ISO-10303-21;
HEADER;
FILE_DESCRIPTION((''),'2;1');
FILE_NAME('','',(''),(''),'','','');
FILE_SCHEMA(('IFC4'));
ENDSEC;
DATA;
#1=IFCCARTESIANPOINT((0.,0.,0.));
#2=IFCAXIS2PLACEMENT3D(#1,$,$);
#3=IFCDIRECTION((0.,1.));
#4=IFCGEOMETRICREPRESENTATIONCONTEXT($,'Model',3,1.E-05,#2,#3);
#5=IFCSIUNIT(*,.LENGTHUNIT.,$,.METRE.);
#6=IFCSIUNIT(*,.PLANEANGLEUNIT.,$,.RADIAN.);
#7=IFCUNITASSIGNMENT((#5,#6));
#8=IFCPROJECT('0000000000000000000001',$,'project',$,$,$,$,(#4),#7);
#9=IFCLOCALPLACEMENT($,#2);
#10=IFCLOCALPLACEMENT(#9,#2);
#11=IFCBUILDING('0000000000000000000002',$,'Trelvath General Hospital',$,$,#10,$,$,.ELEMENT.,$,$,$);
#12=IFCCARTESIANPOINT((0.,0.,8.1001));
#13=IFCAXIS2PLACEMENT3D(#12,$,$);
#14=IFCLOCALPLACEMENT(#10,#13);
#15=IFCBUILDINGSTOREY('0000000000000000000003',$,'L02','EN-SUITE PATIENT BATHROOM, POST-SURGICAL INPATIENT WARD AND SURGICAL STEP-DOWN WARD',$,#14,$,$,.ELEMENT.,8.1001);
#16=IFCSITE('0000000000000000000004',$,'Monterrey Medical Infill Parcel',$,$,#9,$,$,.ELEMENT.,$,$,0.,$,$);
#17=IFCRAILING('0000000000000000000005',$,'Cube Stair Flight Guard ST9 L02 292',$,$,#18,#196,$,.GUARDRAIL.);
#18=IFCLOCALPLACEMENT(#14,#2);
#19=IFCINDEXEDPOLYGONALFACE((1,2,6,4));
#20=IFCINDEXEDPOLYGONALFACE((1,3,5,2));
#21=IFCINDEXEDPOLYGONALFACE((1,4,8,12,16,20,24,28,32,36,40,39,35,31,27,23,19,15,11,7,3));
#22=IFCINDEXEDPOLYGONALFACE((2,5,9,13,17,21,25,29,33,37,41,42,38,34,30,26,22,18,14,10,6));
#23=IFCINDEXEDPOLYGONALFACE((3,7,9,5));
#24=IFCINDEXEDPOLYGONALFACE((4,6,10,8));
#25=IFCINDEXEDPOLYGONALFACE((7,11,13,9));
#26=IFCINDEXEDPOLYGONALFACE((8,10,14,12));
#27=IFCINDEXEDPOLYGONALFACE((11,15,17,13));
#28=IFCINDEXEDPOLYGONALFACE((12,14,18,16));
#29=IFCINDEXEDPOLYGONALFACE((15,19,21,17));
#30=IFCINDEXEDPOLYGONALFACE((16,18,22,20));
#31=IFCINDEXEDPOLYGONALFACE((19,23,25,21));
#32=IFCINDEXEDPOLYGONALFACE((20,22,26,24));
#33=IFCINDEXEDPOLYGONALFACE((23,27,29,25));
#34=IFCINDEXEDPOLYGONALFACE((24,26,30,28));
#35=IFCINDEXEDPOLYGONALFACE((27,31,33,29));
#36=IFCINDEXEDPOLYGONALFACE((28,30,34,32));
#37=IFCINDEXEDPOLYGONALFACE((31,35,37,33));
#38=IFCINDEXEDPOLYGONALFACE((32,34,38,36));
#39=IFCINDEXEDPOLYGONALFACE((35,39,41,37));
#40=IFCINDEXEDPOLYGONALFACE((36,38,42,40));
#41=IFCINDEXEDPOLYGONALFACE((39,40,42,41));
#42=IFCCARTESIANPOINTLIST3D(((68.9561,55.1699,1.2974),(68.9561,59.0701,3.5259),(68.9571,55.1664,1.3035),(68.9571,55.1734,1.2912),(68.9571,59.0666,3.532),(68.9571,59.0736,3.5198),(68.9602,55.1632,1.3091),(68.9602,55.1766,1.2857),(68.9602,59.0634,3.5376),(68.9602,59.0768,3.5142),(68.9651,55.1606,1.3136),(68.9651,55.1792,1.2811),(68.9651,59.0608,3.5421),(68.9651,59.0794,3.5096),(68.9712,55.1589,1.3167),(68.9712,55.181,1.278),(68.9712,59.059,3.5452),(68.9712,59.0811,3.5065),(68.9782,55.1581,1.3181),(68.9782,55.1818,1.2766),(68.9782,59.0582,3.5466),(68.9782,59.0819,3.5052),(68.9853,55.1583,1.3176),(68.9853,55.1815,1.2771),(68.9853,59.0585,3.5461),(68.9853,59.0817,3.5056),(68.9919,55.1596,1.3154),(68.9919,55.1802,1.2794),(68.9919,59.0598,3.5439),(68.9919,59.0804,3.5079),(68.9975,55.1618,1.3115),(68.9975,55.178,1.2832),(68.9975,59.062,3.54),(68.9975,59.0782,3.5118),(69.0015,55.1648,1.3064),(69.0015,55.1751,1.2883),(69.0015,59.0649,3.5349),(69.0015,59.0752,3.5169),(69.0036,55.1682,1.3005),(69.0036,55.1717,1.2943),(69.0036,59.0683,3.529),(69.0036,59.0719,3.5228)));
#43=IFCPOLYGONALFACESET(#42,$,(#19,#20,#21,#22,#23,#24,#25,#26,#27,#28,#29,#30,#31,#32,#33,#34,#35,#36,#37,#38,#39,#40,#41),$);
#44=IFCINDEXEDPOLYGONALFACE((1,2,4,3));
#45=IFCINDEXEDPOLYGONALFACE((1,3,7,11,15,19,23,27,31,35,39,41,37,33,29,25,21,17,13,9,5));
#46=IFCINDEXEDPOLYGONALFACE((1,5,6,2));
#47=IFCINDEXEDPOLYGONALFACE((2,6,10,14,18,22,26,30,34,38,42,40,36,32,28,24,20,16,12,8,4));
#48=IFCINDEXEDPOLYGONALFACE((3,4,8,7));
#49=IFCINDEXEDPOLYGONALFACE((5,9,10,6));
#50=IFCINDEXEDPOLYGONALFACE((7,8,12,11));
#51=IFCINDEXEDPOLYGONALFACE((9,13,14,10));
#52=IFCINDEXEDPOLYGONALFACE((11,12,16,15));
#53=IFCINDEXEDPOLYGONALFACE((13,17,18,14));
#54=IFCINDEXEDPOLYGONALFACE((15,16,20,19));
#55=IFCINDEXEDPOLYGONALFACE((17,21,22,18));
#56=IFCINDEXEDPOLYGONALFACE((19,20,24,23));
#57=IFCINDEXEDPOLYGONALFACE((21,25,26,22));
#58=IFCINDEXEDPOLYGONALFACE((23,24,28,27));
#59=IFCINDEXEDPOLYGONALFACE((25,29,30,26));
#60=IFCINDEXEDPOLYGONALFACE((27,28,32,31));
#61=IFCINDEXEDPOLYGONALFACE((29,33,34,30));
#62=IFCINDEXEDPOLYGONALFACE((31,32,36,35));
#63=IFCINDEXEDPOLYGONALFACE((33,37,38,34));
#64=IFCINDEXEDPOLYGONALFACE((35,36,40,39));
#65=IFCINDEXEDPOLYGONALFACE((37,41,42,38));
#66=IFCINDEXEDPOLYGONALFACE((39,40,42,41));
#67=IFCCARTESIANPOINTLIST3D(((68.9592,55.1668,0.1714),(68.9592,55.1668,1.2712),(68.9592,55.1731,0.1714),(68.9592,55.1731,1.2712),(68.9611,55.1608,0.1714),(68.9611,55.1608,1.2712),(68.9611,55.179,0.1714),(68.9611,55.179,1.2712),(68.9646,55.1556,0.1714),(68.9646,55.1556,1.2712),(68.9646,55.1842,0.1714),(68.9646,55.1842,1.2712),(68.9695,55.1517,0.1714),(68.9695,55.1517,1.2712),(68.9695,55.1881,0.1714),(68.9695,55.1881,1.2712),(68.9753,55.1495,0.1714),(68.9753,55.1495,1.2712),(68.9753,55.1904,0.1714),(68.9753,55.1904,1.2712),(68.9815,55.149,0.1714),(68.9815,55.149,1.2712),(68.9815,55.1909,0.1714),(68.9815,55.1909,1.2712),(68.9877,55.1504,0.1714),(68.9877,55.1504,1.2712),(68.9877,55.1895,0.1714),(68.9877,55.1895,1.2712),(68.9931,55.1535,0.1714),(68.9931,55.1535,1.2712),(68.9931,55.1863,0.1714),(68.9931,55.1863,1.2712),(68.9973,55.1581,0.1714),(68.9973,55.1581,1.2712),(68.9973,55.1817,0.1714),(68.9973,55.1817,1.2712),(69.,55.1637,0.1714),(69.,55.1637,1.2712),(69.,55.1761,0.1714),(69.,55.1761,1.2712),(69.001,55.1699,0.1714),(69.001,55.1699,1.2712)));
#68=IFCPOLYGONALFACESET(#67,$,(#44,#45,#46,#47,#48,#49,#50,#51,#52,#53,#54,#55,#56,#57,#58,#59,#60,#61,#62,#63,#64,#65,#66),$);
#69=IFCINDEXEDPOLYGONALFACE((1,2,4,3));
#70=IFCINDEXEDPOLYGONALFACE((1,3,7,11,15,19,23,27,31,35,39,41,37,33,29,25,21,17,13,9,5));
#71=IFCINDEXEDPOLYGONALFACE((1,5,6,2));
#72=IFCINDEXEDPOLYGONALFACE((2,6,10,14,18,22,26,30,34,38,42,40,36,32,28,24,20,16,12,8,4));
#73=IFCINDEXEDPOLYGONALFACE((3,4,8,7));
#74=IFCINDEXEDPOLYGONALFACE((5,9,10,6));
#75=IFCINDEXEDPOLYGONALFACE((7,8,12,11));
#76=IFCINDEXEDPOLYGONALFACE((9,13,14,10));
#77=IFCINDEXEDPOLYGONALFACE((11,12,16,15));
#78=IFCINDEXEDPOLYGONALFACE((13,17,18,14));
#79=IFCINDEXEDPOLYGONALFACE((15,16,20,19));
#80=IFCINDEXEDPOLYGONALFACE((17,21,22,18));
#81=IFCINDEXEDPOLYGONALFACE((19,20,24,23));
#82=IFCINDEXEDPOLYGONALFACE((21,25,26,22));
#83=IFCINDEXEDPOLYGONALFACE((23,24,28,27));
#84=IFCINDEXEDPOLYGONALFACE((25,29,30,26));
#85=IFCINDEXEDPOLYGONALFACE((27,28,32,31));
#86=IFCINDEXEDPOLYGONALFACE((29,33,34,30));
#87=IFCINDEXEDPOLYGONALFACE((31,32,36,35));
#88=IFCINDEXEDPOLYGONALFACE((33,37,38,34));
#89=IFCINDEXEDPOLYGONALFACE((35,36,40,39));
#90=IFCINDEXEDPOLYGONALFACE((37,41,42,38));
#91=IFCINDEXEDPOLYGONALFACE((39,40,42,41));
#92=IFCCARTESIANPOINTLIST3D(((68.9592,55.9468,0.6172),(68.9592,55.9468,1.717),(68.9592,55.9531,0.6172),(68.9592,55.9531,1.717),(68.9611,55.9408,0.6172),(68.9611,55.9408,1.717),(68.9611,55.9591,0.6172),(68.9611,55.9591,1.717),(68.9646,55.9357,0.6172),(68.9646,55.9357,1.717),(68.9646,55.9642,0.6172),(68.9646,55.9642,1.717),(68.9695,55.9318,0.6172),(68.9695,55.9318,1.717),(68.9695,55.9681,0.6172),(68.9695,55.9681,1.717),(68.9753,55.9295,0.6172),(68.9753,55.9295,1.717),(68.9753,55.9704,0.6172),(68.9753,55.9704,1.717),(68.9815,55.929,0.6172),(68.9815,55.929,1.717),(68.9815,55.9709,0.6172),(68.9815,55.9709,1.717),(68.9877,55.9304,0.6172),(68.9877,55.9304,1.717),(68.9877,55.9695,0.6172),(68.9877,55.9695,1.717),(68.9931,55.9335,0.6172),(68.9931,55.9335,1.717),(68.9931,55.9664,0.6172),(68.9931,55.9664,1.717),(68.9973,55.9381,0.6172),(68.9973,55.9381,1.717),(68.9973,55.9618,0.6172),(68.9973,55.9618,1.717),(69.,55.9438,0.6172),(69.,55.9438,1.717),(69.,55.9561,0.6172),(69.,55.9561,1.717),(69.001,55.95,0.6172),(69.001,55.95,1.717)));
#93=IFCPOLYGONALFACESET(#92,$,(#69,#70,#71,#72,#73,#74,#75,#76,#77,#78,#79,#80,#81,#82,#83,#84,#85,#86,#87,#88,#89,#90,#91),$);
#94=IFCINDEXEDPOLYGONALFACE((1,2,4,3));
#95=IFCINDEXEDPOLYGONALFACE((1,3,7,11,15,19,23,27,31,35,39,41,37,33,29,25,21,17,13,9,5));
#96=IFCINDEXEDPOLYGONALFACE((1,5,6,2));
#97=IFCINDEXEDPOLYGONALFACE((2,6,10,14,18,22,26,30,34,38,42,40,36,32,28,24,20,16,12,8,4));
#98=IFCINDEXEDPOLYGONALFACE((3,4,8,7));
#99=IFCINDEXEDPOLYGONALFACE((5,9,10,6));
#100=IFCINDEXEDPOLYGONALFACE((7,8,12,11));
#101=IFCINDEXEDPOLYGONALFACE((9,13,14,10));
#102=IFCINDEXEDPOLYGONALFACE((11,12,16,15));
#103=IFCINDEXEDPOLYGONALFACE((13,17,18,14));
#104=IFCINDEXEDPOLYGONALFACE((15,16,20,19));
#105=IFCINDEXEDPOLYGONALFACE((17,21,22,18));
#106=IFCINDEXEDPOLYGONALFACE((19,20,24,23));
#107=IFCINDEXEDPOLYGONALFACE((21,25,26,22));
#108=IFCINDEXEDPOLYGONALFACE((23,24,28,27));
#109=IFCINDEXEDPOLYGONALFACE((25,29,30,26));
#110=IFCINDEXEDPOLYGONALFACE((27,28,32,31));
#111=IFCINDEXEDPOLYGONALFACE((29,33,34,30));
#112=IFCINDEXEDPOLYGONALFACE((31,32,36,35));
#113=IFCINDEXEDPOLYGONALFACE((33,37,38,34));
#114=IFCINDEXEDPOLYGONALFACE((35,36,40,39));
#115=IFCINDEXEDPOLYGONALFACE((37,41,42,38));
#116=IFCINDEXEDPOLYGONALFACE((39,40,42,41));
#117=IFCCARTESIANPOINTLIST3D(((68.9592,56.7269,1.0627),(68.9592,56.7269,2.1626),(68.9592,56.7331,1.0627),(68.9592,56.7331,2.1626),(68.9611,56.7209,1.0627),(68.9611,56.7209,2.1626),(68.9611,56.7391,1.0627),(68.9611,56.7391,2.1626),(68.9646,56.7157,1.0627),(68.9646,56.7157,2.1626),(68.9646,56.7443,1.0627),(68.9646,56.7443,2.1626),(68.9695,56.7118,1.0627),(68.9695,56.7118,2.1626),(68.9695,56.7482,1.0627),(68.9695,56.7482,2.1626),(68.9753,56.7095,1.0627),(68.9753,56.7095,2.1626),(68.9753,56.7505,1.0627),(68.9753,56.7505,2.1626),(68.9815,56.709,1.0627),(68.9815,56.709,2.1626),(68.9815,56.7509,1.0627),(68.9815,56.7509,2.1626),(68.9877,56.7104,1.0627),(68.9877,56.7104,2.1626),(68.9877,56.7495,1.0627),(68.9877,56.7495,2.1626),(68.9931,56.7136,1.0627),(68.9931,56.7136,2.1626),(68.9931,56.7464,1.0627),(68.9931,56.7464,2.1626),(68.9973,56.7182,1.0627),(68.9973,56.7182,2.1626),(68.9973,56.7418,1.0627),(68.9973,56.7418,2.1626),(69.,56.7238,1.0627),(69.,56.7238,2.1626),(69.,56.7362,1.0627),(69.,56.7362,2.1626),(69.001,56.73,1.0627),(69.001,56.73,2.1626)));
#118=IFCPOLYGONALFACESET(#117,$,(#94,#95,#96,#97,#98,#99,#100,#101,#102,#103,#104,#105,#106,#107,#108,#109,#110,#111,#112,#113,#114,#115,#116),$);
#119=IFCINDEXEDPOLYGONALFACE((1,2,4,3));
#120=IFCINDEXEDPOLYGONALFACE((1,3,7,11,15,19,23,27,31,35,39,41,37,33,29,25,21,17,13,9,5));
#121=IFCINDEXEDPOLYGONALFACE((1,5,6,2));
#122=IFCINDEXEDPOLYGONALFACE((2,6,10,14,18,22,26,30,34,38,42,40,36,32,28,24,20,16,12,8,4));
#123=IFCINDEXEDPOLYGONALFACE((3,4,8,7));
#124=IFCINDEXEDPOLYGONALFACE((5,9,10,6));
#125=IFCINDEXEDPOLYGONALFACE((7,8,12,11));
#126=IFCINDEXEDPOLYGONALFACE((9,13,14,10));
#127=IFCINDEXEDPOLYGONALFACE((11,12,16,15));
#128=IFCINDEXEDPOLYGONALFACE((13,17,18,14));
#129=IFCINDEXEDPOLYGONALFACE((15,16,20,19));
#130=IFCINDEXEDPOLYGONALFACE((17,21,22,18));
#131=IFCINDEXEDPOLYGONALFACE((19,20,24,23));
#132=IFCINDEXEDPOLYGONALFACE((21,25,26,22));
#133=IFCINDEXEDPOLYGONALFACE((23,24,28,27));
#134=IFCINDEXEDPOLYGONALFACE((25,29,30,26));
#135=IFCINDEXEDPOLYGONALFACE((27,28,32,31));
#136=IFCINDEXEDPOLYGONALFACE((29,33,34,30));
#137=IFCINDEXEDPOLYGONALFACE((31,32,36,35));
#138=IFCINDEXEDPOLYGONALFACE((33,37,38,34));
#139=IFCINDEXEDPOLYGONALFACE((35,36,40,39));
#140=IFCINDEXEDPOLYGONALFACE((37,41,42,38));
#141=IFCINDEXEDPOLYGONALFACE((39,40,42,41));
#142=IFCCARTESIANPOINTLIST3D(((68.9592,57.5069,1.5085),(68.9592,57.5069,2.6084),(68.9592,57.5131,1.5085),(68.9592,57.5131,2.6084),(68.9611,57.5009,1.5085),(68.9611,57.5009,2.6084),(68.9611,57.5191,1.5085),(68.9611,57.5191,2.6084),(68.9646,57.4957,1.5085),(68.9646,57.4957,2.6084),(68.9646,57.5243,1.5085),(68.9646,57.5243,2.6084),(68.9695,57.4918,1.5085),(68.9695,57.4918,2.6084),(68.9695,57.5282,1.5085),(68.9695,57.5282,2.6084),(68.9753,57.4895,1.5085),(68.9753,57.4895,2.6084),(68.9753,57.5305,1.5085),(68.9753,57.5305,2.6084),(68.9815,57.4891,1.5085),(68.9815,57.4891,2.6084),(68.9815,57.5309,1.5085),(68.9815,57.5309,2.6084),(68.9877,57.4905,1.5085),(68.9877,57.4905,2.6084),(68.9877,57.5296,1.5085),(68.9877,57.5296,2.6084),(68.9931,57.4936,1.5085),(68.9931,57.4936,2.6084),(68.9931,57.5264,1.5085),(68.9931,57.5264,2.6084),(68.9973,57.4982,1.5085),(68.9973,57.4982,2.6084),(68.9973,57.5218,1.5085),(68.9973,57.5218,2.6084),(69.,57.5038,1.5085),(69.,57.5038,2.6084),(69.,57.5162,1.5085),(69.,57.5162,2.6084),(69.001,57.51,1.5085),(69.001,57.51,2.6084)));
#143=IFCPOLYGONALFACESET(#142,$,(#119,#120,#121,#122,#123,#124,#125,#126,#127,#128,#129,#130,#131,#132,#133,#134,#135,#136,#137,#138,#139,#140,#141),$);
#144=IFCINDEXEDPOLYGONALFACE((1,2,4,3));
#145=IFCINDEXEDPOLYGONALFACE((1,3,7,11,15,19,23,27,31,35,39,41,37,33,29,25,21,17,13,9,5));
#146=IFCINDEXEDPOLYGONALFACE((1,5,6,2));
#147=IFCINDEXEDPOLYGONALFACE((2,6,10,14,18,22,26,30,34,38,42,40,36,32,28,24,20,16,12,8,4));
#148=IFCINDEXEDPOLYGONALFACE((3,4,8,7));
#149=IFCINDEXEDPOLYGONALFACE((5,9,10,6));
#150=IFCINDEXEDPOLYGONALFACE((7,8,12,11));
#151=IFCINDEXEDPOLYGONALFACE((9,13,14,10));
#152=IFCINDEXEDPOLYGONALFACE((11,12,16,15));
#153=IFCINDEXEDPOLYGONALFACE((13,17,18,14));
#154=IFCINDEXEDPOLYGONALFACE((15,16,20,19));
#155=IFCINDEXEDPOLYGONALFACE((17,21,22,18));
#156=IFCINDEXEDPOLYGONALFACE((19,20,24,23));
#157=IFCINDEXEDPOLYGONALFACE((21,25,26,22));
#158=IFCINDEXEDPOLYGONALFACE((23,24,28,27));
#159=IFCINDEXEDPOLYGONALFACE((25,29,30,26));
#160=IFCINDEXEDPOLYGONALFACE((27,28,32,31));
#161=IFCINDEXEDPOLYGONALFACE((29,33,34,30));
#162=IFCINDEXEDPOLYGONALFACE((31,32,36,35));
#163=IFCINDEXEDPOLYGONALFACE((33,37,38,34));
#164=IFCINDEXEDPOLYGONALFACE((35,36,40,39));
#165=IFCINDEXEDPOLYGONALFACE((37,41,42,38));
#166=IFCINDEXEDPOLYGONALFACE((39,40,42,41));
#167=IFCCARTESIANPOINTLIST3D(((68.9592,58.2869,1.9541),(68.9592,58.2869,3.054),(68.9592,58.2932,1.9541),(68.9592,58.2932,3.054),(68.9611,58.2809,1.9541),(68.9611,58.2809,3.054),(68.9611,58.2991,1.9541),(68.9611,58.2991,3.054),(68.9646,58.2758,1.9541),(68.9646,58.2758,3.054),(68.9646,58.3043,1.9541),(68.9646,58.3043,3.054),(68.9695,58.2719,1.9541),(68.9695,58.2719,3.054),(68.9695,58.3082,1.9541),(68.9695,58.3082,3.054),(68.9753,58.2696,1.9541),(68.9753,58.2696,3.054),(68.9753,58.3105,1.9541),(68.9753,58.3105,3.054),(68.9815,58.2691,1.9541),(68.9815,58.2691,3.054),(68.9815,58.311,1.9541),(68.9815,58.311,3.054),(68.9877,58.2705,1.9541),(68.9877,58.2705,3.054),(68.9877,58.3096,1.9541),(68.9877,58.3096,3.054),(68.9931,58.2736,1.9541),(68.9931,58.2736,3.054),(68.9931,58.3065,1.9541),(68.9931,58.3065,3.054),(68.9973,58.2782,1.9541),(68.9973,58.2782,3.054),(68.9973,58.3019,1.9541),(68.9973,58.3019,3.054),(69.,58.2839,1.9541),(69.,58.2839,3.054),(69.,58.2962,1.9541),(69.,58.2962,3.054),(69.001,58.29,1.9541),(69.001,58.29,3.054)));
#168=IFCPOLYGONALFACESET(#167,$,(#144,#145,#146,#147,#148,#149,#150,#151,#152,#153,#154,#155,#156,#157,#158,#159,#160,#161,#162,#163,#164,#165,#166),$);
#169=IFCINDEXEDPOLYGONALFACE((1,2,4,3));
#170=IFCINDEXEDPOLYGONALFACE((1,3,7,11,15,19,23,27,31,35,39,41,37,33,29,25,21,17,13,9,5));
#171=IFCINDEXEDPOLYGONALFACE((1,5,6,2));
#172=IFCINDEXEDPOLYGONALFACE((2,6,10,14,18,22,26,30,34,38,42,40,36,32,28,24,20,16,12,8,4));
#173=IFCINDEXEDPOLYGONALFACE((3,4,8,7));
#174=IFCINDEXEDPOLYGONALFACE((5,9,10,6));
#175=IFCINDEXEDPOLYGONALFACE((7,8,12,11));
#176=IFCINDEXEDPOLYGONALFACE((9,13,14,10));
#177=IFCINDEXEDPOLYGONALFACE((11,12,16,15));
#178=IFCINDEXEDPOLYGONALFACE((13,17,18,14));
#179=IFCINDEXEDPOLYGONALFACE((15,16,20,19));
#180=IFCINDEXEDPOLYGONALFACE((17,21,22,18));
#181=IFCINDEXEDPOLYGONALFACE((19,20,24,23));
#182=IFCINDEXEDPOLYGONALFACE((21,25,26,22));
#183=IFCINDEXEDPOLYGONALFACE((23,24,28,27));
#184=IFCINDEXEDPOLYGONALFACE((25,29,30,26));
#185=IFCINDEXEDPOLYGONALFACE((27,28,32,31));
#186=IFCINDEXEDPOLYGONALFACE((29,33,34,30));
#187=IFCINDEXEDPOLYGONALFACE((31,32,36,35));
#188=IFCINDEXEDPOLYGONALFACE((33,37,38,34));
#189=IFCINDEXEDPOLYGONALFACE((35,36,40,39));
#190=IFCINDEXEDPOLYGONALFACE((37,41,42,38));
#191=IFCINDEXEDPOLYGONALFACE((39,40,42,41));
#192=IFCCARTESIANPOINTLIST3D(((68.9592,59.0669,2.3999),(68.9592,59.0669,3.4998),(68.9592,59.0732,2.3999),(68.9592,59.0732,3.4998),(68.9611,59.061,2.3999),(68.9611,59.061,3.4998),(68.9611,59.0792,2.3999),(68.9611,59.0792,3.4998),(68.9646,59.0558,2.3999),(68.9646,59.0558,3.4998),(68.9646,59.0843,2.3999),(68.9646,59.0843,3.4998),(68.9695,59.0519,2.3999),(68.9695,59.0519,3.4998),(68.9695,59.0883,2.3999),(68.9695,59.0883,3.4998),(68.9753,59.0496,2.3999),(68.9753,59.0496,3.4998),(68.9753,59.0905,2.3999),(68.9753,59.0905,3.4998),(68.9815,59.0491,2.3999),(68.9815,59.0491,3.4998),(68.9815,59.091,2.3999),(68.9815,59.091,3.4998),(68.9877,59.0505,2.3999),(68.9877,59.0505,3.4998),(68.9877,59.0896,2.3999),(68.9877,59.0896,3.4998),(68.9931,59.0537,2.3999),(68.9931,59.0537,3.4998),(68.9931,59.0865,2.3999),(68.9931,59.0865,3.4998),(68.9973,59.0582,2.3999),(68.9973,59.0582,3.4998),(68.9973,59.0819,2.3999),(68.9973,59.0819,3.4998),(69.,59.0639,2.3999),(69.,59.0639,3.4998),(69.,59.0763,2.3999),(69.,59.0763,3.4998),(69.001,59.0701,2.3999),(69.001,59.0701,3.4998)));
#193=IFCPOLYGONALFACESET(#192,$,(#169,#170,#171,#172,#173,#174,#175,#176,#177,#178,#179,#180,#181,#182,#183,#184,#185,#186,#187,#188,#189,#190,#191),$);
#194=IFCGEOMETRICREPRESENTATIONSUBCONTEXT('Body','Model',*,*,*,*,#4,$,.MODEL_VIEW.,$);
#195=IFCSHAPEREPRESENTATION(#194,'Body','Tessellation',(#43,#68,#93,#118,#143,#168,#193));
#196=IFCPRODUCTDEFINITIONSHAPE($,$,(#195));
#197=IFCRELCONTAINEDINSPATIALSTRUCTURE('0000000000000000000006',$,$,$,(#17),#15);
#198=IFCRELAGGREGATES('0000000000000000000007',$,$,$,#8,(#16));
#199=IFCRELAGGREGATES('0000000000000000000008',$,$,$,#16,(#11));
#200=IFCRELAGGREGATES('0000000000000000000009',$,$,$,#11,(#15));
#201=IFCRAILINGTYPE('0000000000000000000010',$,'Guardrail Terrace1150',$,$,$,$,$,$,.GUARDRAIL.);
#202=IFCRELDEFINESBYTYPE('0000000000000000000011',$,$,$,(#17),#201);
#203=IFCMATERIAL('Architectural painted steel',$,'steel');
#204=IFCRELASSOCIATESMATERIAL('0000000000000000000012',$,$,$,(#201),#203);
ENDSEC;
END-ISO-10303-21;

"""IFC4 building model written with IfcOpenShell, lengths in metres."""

from ifc_helpers import new_model, si_unit, direction, frame, origin, origin_2d, place, context, subcontext, project, spatial, circle, extrude, material, type_object, element, save


model = new_model("IFC4")

# Units and contexts
model_context = context("Model", 3, precision=1e-05, world=origin(), true_north=direction((0.0, 1.0)))
body_context = subcontext(model_context, "Body", "Model", "MODEL_VIEW")
ifc_project = project(units=[si_unit("LENGTHUNIT", "METRE"), si_unit("PLANEANGLEUNIT", "RADIAN")], contexts=[model_context])

# Site, building, storey
site_placement = place(None, origin())
site = spatial("IfcSite", under=ifc_project, at=site_placement, Name="Monterrey Medical Infill Parcel", CompositionType="ELEMENT", RefElevation=0.0)
building_placement = place(site_placement, origin())
building = spatial("IfcBuilding", under=site, at=building_placement, Name="Trelvath General Hospital", CompositionType="ELEMENT")
storey_placement = place(building_placement, frame((0.0, 0.0, 8.1001)))
storey = spatial("IfcBuildingStorey", under=building, at=storey_placement, Name="L02", Description="EN-SUITE PATIENT BATHROOM, POST-SURGICAL INPATIENT WARD AND SURGICAL STEP-DOWN WARD", CompositionType="ELEMENT", Elevation=8.1001)

# Railing
ifc_material_1 = material(Name="Architectural painted steel", Category="steel")
railing_type_1 = type_object("IfcRailingType", Name="Guardrail Terrace1150", PredefinedType="GUARDRAIL", material=ifc_material_1)
railing_1_placement = place(storey_placement, frame((68.98, 55.1699, 0.1714)))
element("IfcRailing", 1, at=railing_1_placement, inside=storey, type_object=railing_type_1, Name="Cube Stair Flight Guard ST9 L02 292", PredefinedType="GUARDRAIL", context=body_context, shape_type="SweptSolid", body=[
    extrude(circle(Radius=0.0239, at=origin_2d()), frame((0.0, 0.0, 1.126), z_axis=(0.0, 0.868257, 0.496116), x_axis=(-1.0, 0.0, 0.0)), (0.0, 0.0, 1.0), 4.4919),
    extrude(circle(Radius=0.021, at=origin_2d()), origin(), (0.0, 0.0, 1.0), 1.0999),
    extrude(circle(Radius=0.021, at=origin_2d()), frame((0.0, 0.78, 0.4458)), (0.0, 0.0, 1.0), 1.0999),
    extrude(circle(Radius=0.021, at=origin_2d()), frame((0.0, 1.5601, 0.8914)), (0.0, 0.0, 1.0), 1.0999),
    extrude(circle(Radius=0.021, at=origin_2d()), frame((0.0, 2.3401, 1.3372)), (0.0, 0.0, 1.0), 1.0999),
    extrude(circle(Radius=0.021, at=origin_2d()), frame((0.0, 3.1201, 1.7827)), (0.0, 0.0, 1.0), 1.0999),
    extrude(circle(Radius=0.021, at=origin_2d()), frame((0.0, 3.9001, 2.2285)), (0.0, 0.0, 1.0), 1.0999),
])

save(model, "model.ifc")
